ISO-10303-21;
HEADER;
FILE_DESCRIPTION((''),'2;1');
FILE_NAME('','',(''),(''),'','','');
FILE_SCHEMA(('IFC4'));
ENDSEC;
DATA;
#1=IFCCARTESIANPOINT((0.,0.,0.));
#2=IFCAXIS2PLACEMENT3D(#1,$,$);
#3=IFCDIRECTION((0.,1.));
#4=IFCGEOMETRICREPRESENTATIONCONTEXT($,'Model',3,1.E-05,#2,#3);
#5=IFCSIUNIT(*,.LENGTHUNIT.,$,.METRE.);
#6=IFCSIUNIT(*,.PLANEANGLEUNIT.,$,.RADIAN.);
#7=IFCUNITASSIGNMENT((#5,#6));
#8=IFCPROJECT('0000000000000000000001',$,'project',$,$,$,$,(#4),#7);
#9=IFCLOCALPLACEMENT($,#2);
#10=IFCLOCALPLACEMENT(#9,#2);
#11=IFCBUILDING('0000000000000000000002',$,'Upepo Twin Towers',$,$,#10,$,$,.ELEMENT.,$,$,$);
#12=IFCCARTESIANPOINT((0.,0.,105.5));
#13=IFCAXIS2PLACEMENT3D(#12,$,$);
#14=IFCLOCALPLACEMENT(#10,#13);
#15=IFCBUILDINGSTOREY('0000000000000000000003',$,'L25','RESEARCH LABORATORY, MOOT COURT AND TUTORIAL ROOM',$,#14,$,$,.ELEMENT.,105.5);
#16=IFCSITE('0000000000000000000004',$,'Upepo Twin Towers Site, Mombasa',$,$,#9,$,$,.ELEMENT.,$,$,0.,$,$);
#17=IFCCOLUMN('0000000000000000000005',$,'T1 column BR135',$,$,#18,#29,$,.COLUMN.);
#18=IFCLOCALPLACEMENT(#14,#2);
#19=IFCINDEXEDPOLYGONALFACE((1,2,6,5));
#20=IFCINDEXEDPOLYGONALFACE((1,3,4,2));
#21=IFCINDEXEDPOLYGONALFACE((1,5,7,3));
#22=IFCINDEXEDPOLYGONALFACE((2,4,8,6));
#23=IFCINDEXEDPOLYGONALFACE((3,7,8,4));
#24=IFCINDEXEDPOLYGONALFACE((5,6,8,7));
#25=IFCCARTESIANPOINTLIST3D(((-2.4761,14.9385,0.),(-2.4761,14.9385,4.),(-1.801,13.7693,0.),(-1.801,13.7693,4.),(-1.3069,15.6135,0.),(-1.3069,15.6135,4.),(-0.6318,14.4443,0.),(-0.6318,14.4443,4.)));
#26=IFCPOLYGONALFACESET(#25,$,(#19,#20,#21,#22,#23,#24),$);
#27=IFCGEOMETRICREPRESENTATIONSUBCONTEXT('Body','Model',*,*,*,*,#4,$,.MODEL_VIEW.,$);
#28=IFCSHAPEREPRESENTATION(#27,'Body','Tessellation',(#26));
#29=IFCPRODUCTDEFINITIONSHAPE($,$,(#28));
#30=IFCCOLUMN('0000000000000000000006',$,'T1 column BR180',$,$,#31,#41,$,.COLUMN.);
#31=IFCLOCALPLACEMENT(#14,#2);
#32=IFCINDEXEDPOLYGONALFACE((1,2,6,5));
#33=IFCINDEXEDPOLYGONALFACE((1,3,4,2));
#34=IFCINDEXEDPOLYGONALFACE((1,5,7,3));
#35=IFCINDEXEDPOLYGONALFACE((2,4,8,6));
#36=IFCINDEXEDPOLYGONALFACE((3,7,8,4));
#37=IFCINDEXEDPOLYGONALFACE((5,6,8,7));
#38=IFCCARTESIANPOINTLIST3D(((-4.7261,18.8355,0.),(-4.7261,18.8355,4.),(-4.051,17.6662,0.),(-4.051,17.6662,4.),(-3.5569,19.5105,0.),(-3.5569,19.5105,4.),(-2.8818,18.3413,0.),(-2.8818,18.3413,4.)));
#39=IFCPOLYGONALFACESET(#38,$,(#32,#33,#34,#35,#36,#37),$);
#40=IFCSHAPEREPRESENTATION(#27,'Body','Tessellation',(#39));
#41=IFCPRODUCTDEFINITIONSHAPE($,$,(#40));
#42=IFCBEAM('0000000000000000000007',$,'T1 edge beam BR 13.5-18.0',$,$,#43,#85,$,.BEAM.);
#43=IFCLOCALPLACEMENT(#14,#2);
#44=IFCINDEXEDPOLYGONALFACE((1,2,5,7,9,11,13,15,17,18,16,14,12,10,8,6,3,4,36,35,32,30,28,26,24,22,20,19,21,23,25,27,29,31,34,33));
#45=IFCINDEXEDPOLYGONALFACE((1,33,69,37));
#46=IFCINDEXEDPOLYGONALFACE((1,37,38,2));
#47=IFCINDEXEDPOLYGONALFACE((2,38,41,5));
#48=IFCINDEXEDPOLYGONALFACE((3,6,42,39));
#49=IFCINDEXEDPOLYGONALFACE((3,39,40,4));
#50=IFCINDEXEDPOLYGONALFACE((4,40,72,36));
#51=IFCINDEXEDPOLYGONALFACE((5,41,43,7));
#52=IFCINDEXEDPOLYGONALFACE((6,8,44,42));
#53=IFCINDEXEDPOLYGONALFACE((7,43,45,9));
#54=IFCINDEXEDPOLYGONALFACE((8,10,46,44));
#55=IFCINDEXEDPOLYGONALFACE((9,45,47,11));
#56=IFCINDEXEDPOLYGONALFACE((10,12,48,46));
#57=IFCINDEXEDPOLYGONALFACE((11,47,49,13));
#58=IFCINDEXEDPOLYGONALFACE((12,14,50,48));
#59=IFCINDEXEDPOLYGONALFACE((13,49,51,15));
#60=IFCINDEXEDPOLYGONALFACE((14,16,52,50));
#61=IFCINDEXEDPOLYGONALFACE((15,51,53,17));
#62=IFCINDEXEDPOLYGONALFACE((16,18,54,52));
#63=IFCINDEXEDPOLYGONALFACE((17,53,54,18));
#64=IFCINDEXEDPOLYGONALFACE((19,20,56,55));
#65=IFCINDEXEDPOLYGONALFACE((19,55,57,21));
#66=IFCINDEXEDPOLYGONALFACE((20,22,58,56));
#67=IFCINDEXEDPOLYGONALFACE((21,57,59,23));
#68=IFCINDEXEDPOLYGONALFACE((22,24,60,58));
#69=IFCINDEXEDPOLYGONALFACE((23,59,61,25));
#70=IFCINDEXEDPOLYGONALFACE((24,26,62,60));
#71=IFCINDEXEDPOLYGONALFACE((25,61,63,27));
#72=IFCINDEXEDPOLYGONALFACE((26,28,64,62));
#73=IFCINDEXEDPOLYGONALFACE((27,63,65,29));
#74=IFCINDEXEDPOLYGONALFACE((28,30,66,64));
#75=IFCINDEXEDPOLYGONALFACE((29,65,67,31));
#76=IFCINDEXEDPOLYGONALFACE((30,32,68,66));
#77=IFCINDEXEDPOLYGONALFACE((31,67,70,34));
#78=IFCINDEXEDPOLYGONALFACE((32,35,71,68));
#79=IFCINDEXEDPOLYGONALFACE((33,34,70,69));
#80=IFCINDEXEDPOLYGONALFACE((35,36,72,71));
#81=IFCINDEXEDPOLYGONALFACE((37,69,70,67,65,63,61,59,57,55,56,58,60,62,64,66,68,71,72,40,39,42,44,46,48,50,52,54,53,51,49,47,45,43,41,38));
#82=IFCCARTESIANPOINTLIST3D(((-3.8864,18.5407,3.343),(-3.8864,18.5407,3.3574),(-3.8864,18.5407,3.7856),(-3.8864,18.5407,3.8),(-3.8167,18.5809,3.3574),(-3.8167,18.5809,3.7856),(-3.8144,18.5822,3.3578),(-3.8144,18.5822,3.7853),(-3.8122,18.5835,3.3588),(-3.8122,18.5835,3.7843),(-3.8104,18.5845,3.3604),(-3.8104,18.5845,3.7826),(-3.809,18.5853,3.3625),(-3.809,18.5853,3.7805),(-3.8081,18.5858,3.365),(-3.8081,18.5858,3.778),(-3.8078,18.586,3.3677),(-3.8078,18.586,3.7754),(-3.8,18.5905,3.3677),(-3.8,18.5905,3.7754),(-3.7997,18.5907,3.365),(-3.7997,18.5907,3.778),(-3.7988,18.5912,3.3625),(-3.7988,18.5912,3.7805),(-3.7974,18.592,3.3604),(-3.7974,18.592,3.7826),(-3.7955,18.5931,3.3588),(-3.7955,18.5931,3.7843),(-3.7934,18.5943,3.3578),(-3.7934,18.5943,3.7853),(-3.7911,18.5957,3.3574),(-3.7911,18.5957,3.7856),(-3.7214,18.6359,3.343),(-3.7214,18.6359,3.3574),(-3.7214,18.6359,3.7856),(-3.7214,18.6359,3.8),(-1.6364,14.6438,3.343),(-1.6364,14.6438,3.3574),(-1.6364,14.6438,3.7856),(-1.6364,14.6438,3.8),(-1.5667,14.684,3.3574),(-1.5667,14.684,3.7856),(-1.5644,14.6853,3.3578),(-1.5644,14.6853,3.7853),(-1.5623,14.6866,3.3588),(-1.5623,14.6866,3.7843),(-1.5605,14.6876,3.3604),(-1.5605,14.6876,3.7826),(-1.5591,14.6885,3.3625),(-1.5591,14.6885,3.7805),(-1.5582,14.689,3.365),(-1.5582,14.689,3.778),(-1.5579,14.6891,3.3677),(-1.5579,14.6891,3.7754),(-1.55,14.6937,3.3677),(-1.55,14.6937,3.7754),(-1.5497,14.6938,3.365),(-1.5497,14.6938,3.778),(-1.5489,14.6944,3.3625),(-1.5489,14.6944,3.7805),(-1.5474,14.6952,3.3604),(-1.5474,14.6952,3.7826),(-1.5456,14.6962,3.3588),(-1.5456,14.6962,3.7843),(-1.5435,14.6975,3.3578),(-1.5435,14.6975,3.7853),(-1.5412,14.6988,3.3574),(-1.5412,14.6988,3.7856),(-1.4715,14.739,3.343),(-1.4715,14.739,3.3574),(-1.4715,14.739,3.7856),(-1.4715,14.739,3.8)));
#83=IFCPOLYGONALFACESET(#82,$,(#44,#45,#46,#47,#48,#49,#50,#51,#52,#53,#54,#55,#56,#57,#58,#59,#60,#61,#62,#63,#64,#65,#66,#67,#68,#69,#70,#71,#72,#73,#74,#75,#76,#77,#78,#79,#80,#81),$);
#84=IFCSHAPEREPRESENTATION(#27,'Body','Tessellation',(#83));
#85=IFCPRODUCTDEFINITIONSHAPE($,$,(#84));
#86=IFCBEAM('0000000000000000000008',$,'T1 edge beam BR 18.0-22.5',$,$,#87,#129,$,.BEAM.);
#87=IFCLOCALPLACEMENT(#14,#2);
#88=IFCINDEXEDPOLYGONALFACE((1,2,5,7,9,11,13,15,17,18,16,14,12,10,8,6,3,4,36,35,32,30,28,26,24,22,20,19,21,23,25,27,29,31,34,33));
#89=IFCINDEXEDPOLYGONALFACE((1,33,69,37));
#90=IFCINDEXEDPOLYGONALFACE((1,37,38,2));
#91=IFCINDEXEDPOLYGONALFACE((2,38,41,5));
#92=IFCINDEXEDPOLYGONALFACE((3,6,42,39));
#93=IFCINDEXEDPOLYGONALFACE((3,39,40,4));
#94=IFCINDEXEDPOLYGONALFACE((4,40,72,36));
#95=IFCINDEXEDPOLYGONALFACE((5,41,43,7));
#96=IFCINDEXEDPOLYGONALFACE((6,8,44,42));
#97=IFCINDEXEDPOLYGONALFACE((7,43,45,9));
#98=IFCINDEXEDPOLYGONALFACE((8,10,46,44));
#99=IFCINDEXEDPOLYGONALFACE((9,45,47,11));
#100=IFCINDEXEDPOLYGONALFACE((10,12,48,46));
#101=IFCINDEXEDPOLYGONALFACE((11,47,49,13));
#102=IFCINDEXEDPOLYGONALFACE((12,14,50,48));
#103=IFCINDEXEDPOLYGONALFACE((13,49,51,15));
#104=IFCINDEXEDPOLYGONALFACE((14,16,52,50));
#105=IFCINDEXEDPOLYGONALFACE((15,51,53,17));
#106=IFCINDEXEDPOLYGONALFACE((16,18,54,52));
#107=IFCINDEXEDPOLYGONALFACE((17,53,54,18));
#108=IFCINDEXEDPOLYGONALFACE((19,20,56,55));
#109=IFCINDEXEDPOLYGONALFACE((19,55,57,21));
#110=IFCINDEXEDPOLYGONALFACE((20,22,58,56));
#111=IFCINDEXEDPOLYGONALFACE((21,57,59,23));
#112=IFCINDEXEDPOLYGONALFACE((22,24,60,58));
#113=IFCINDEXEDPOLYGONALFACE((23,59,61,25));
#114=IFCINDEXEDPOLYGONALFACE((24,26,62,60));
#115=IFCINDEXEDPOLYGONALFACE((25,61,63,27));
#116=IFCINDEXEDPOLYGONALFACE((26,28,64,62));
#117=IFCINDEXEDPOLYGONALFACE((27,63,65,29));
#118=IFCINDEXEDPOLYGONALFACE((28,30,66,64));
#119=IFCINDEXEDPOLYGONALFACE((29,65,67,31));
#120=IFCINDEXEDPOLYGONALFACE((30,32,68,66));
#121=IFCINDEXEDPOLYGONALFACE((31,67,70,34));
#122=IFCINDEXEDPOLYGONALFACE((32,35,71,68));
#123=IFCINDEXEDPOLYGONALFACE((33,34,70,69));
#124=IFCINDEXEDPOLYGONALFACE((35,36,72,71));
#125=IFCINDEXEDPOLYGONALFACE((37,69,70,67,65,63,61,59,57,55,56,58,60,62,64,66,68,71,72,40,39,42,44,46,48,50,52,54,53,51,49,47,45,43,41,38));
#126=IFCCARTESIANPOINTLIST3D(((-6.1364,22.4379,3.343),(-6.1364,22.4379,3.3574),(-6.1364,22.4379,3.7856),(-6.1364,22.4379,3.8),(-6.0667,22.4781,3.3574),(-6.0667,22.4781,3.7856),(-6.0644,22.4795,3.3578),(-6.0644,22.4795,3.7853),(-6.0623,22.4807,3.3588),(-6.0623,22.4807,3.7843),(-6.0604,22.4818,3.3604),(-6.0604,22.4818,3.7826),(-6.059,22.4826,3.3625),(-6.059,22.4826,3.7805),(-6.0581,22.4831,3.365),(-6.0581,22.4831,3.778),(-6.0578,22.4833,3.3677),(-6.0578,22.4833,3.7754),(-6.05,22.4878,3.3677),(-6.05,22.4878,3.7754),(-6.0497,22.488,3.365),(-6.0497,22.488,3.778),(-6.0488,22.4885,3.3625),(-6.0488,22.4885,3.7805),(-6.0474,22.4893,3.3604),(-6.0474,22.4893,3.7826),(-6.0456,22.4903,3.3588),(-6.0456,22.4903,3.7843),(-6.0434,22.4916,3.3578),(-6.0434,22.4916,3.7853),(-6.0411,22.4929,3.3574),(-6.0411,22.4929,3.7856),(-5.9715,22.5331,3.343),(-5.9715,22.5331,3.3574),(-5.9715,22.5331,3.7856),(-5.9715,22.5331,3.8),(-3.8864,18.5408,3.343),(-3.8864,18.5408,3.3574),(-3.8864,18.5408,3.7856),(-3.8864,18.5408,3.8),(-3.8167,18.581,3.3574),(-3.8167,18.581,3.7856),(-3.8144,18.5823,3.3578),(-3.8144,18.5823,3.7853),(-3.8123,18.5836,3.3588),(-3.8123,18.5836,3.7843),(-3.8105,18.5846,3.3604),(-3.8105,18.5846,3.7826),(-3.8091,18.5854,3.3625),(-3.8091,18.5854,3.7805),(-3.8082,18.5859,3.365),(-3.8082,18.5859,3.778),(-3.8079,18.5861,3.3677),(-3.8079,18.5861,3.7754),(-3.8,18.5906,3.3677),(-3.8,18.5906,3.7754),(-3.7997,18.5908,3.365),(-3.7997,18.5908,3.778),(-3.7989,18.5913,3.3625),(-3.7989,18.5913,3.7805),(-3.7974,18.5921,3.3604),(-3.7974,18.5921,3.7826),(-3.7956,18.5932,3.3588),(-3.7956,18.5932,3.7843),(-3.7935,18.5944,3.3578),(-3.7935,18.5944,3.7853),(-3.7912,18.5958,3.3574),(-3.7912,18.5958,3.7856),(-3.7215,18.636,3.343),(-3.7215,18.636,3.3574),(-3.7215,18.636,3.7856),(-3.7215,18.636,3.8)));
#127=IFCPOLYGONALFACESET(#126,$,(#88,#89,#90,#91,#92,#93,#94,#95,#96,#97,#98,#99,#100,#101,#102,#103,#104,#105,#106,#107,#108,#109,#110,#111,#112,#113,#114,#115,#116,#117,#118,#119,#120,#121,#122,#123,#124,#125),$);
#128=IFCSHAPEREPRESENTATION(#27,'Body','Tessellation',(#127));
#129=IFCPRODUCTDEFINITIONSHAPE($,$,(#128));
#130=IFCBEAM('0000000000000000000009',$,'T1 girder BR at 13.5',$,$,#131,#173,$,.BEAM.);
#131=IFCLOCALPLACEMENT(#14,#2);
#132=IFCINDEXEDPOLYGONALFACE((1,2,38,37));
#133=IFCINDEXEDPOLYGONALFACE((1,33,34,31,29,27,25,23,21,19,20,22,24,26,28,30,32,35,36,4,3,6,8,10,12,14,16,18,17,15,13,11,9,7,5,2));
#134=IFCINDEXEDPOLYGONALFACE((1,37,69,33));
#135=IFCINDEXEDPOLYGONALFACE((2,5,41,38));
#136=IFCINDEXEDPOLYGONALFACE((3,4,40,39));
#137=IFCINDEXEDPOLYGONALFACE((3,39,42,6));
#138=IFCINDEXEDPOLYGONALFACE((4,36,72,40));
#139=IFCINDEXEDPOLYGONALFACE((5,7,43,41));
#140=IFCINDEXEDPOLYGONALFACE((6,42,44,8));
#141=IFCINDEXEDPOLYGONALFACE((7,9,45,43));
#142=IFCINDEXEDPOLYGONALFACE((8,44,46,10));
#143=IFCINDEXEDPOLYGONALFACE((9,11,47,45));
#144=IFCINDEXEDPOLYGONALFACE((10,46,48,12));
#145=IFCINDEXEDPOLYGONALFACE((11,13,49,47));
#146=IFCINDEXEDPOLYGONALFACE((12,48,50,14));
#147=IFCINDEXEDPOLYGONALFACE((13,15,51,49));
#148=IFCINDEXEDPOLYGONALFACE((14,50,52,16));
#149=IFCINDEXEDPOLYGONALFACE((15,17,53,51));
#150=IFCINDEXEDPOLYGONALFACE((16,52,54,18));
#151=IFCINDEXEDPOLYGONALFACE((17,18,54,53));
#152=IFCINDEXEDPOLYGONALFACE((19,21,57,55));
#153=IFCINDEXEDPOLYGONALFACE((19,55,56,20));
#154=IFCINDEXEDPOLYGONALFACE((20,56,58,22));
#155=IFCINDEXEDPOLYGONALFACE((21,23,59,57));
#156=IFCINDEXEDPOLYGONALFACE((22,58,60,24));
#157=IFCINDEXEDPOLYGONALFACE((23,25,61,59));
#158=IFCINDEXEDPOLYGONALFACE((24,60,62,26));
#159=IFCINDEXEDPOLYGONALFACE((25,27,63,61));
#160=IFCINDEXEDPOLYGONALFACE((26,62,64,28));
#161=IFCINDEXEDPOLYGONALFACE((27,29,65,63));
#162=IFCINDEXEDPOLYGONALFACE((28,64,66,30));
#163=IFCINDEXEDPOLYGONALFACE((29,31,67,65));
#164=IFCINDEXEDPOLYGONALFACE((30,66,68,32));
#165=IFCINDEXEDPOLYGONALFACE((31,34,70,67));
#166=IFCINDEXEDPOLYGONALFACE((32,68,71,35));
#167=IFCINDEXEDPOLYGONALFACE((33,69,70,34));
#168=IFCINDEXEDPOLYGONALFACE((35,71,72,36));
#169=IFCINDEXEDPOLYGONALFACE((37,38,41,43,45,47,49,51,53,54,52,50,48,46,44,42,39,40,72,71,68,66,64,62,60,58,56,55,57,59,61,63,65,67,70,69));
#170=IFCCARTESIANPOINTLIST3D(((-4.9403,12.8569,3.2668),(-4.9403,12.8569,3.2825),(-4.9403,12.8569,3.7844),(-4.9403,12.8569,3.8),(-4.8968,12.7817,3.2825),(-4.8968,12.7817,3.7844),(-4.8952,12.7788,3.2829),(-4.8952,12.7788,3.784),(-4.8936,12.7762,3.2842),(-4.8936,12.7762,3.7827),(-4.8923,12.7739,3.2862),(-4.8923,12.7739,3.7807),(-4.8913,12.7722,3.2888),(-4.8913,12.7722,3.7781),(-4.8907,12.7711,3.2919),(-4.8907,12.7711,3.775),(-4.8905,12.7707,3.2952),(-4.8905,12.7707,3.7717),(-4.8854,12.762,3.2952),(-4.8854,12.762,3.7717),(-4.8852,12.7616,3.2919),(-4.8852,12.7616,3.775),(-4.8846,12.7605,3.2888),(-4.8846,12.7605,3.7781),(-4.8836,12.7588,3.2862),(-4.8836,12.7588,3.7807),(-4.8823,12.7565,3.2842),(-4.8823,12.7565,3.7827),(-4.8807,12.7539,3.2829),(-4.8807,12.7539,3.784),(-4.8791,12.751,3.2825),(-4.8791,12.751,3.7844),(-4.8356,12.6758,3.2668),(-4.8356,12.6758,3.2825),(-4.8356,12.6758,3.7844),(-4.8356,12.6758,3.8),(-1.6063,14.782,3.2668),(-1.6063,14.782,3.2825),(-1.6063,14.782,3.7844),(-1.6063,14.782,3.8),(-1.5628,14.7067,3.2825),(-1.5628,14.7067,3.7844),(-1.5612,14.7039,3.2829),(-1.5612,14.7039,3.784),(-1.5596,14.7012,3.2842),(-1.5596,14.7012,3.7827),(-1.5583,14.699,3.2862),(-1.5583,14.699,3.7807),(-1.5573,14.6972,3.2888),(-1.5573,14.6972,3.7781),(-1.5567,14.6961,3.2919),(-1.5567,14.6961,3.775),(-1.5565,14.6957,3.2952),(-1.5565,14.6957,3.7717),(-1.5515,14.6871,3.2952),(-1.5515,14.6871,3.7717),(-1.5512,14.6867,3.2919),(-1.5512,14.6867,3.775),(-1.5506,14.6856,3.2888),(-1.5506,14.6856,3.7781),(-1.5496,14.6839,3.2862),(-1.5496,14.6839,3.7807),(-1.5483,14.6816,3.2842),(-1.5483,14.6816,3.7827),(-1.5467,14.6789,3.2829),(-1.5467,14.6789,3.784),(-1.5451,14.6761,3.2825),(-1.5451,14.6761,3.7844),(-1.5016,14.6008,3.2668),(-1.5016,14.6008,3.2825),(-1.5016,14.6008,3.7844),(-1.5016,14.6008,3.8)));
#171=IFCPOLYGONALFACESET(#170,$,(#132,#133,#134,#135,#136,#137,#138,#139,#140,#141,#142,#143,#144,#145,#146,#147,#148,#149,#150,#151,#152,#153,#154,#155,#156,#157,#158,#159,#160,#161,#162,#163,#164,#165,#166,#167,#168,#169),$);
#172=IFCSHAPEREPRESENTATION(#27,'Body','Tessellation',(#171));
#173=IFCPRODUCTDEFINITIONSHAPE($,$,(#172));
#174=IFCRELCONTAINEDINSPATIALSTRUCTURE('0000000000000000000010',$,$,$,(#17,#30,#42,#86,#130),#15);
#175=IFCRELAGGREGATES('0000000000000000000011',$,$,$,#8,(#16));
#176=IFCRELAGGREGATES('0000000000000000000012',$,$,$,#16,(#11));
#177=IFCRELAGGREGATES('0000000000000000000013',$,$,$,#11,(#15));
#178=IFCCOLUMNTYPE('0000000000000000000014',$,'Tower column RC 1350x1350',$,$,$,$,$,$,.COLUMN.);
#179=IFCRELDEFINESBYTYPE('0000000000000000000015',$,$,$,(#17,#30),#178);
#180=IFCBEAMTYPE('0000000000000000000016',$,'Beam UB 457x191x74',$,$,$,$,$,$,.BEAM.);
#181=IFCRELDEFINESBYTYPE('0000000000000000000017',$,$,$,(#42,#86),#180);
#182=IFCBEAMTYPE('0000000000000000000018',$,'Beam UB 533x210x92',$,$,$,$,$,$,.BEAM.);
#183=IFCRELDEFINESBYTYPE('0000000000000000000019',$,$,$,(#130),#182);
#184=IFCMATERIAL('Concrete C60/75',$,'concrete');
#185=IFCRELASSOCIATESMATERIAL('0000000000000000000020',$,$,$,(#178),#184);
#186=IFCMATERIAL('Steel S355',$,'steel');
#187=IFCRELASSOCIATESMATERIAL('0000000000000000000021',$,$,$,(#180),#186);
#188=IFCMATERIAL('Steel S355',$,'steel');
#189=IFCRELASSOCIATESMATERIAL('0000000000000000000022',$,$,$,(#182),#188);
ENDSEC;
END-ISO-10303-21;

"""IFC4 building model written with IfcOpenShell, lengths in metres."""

from ifc_helpers import new_model, si_unit, direction, frame, origin, origin_2d, place, context, subcontext, project, spatial, rectangle, i_section, extrude, material, material_profile, profile_set, type_object, element, save


model = new_model("IFC4")

# Units and contexts
model_context = context("Model", 3, precision=1e-05, world=origin(), true_north=direction((0.0, 1.0)))
body_context = subcontext(model_context, "Body", "Model", "MODEL_VIEW")
ifc_project = project(units=[si_unit("LENGTHUNIT", "METRE"), si_unit("PLANEANGLEUNIT", "RADIAN")], contexts=[model_context])

# Site, building, storey
site_placement = place(None, origin())
site = spatial("IfcSite", under=ifc_project, at=site_placement, Name="Upepo Twin Towers Site, Mombasa", CompositionType="ELEMENT", RefElevation=0.0)
building_placement = place(site_placement, origin())
building = spatial("IfcBuilding", under=site, at=building_placement, Name="Upepo Twin Towers", CompositionType="ELEMENT")
storey_placement = place(building_placement, frame((0.0, 0.0, 105.5)))
storey = spatial("IfcBuildingStorey", under=building, at=storey_placement, Name="L25", Description="RESEARCH LABORATORY, MOOT COURT AND TUTORIAL ROOM", CompositionType="ELEMENT", Elevation=105.5)

# Columns
ifc_material_1 = material(Name="Concrete C60/75", Category="concrete")
ifc_material_profile_1 = material_profile(ifc_material_1, rectangle(XDim=1.3501, YDim=1.3501, at=origin_2d()), Name="RC 1350x1350")
ifc_profile_set_1 = profile_set([ifc_material_profile_1], Name="Concrete C60/75")
column_type = type_object("IfcColumnType", Name="Tower column RC 1350x1350", PredefinedType="COLUMN", material=ifc_profile_set_1)
for number, where, z_axis, x_axis, name in (
    (1, (-1.554, 14.6914, 0.0), (0.0, 0.0, 1.0), (0.866025, 0.5, 0.0), "T1 column BR135"),
    (2, (-3.804, 18.5884, 0.0), (0.0, 0.0, 1.0), (0.866025, 0.5, 0.0), "T1 column BR180"),
):
    element("IfcColumn", number, at=place(storey_placement, frame(where, z_axis=z_axis, x_axis=x_axis)), inside=storey, type_object=column_type, Name=name, PredefinedType="COLUMN", context=body_context, shape_type="SweptSolid", body=[
        extrude(rectangle(XDim=1.3501, YDim=1.3501, at=origin_2d()), origin(), (0.0, 0.0, 1.0), 4.0),
    ])

# Beams
ifc_material_2 = material(Name="Steel S355", Category="steel")
ifc_material_profile_2 = material_profile(ifc_material_2, i_section(OverallWidth=0.1904, OverallDepth=0.457, WebThickness=0.009, FlangeThickness=0.0144, FilletRadius=0.0103, at=origin_2d()), Name="UB 457x191x74")
ifc_profile_set_2 = profile_set([ifc_material_profile_2], Name="Steel S355")
beam_type_1 = type_object("IfcBeamType", Name="Beam UB 457x191x74", PredefinedType="BEAM", material=ifc_profile_set_2)
beam_1_placement = place(storey_placement, frame((-1.554, 14.6914, 3.5715), z_axis=(-0.500014, 0.866018, 0.0), x_axis=(-0.866018, -0.500014, 0.0)))
element("IfcBeam", 3, at=beam_1_placement, inside=storey, type_object=beam_type_1, Name="T1 edge beam BR 13.5-18.0", PredefinedType="BEAM", context=body_context, shape_type="SweptSolid", body=[
    extrude(i_section(OverallWidth=0.1904, OverallDepth=0.457, WebThickness=0.009, FlangeThickness=0.0144, FilletRadius=0.0103, at=origin_2d()), origin(), (0.0, 0.0, 1.0), 4.4998),
])
beam_2_placement = place(storey_placement, frame((-3.804, 18.5884, 3.5715), z_axis=(-0.49999, 0.866031, 0.0), x_axis=(-0.866031, -0.49999, 0.0)))
element("IfcBeam", 4, at=beam_2_placement, inside=storey, type_object=beam_type_1, Name="T1 edge beam BR 18.0-22.5", PredefinedType="BEAM", context=body_context, shape_type="SweptSolid", body=[
    extrude(i_section(OverallWidth=0.1904, OverallDepth=0.457, WebThickness=0.009, FlangeThickness=0.0144, FilletRadius=0.0103, at=origin_2d()), origin(), (0.0, 0.0, 1.0), 4.5),
])
ifc_material_3 = material(Name="Steel S355", Category="steel")
ifc_material_profile_3 = material_profile(ifc_material_3, i_section(OverallWidth=0.2092, OverallDepth=0.5332, WebThickness=0.01, FlangeThickness=0.0156, FilletRadius=0.0127, at=origin_2d()), Name="UB 533x210x92")
ifc_profile_set_3 = profile_set([ifc_material_profile_3], Name="Steel S355")
beam_type_2 = type_object("IfcBeamType", Name="Beam UB 533x210x92", PredefinedType="BEAM", material=ifc_profile_set_3)
beam_3_placement = place(storey_placement, frame((-1.554, 14.6914, 3.5334), z_axis=(-0.866006, -0.500034, 0.0), x_axis=(0.500034, -0.866006, 0.0)))
element("IfcBeam", 5, at=beam_3_placement, inside=storey, type_object=beam_type_2, Name="T1 girder BR at 13.5", PredefinedType="BEAM", context=body_context, shape_type="SweptSolid", body=[
    extrude(i_section(OverallWidth=0.2092, OverallDepth=0.5332, WebThickness=0.01, FlangeThickness=0.0156, FilletRadius=0.0127, at=origin_2d()), origin(), (0.0, 0.0, 1.0), 3.8499),
])

save(model, "model.ifc")
